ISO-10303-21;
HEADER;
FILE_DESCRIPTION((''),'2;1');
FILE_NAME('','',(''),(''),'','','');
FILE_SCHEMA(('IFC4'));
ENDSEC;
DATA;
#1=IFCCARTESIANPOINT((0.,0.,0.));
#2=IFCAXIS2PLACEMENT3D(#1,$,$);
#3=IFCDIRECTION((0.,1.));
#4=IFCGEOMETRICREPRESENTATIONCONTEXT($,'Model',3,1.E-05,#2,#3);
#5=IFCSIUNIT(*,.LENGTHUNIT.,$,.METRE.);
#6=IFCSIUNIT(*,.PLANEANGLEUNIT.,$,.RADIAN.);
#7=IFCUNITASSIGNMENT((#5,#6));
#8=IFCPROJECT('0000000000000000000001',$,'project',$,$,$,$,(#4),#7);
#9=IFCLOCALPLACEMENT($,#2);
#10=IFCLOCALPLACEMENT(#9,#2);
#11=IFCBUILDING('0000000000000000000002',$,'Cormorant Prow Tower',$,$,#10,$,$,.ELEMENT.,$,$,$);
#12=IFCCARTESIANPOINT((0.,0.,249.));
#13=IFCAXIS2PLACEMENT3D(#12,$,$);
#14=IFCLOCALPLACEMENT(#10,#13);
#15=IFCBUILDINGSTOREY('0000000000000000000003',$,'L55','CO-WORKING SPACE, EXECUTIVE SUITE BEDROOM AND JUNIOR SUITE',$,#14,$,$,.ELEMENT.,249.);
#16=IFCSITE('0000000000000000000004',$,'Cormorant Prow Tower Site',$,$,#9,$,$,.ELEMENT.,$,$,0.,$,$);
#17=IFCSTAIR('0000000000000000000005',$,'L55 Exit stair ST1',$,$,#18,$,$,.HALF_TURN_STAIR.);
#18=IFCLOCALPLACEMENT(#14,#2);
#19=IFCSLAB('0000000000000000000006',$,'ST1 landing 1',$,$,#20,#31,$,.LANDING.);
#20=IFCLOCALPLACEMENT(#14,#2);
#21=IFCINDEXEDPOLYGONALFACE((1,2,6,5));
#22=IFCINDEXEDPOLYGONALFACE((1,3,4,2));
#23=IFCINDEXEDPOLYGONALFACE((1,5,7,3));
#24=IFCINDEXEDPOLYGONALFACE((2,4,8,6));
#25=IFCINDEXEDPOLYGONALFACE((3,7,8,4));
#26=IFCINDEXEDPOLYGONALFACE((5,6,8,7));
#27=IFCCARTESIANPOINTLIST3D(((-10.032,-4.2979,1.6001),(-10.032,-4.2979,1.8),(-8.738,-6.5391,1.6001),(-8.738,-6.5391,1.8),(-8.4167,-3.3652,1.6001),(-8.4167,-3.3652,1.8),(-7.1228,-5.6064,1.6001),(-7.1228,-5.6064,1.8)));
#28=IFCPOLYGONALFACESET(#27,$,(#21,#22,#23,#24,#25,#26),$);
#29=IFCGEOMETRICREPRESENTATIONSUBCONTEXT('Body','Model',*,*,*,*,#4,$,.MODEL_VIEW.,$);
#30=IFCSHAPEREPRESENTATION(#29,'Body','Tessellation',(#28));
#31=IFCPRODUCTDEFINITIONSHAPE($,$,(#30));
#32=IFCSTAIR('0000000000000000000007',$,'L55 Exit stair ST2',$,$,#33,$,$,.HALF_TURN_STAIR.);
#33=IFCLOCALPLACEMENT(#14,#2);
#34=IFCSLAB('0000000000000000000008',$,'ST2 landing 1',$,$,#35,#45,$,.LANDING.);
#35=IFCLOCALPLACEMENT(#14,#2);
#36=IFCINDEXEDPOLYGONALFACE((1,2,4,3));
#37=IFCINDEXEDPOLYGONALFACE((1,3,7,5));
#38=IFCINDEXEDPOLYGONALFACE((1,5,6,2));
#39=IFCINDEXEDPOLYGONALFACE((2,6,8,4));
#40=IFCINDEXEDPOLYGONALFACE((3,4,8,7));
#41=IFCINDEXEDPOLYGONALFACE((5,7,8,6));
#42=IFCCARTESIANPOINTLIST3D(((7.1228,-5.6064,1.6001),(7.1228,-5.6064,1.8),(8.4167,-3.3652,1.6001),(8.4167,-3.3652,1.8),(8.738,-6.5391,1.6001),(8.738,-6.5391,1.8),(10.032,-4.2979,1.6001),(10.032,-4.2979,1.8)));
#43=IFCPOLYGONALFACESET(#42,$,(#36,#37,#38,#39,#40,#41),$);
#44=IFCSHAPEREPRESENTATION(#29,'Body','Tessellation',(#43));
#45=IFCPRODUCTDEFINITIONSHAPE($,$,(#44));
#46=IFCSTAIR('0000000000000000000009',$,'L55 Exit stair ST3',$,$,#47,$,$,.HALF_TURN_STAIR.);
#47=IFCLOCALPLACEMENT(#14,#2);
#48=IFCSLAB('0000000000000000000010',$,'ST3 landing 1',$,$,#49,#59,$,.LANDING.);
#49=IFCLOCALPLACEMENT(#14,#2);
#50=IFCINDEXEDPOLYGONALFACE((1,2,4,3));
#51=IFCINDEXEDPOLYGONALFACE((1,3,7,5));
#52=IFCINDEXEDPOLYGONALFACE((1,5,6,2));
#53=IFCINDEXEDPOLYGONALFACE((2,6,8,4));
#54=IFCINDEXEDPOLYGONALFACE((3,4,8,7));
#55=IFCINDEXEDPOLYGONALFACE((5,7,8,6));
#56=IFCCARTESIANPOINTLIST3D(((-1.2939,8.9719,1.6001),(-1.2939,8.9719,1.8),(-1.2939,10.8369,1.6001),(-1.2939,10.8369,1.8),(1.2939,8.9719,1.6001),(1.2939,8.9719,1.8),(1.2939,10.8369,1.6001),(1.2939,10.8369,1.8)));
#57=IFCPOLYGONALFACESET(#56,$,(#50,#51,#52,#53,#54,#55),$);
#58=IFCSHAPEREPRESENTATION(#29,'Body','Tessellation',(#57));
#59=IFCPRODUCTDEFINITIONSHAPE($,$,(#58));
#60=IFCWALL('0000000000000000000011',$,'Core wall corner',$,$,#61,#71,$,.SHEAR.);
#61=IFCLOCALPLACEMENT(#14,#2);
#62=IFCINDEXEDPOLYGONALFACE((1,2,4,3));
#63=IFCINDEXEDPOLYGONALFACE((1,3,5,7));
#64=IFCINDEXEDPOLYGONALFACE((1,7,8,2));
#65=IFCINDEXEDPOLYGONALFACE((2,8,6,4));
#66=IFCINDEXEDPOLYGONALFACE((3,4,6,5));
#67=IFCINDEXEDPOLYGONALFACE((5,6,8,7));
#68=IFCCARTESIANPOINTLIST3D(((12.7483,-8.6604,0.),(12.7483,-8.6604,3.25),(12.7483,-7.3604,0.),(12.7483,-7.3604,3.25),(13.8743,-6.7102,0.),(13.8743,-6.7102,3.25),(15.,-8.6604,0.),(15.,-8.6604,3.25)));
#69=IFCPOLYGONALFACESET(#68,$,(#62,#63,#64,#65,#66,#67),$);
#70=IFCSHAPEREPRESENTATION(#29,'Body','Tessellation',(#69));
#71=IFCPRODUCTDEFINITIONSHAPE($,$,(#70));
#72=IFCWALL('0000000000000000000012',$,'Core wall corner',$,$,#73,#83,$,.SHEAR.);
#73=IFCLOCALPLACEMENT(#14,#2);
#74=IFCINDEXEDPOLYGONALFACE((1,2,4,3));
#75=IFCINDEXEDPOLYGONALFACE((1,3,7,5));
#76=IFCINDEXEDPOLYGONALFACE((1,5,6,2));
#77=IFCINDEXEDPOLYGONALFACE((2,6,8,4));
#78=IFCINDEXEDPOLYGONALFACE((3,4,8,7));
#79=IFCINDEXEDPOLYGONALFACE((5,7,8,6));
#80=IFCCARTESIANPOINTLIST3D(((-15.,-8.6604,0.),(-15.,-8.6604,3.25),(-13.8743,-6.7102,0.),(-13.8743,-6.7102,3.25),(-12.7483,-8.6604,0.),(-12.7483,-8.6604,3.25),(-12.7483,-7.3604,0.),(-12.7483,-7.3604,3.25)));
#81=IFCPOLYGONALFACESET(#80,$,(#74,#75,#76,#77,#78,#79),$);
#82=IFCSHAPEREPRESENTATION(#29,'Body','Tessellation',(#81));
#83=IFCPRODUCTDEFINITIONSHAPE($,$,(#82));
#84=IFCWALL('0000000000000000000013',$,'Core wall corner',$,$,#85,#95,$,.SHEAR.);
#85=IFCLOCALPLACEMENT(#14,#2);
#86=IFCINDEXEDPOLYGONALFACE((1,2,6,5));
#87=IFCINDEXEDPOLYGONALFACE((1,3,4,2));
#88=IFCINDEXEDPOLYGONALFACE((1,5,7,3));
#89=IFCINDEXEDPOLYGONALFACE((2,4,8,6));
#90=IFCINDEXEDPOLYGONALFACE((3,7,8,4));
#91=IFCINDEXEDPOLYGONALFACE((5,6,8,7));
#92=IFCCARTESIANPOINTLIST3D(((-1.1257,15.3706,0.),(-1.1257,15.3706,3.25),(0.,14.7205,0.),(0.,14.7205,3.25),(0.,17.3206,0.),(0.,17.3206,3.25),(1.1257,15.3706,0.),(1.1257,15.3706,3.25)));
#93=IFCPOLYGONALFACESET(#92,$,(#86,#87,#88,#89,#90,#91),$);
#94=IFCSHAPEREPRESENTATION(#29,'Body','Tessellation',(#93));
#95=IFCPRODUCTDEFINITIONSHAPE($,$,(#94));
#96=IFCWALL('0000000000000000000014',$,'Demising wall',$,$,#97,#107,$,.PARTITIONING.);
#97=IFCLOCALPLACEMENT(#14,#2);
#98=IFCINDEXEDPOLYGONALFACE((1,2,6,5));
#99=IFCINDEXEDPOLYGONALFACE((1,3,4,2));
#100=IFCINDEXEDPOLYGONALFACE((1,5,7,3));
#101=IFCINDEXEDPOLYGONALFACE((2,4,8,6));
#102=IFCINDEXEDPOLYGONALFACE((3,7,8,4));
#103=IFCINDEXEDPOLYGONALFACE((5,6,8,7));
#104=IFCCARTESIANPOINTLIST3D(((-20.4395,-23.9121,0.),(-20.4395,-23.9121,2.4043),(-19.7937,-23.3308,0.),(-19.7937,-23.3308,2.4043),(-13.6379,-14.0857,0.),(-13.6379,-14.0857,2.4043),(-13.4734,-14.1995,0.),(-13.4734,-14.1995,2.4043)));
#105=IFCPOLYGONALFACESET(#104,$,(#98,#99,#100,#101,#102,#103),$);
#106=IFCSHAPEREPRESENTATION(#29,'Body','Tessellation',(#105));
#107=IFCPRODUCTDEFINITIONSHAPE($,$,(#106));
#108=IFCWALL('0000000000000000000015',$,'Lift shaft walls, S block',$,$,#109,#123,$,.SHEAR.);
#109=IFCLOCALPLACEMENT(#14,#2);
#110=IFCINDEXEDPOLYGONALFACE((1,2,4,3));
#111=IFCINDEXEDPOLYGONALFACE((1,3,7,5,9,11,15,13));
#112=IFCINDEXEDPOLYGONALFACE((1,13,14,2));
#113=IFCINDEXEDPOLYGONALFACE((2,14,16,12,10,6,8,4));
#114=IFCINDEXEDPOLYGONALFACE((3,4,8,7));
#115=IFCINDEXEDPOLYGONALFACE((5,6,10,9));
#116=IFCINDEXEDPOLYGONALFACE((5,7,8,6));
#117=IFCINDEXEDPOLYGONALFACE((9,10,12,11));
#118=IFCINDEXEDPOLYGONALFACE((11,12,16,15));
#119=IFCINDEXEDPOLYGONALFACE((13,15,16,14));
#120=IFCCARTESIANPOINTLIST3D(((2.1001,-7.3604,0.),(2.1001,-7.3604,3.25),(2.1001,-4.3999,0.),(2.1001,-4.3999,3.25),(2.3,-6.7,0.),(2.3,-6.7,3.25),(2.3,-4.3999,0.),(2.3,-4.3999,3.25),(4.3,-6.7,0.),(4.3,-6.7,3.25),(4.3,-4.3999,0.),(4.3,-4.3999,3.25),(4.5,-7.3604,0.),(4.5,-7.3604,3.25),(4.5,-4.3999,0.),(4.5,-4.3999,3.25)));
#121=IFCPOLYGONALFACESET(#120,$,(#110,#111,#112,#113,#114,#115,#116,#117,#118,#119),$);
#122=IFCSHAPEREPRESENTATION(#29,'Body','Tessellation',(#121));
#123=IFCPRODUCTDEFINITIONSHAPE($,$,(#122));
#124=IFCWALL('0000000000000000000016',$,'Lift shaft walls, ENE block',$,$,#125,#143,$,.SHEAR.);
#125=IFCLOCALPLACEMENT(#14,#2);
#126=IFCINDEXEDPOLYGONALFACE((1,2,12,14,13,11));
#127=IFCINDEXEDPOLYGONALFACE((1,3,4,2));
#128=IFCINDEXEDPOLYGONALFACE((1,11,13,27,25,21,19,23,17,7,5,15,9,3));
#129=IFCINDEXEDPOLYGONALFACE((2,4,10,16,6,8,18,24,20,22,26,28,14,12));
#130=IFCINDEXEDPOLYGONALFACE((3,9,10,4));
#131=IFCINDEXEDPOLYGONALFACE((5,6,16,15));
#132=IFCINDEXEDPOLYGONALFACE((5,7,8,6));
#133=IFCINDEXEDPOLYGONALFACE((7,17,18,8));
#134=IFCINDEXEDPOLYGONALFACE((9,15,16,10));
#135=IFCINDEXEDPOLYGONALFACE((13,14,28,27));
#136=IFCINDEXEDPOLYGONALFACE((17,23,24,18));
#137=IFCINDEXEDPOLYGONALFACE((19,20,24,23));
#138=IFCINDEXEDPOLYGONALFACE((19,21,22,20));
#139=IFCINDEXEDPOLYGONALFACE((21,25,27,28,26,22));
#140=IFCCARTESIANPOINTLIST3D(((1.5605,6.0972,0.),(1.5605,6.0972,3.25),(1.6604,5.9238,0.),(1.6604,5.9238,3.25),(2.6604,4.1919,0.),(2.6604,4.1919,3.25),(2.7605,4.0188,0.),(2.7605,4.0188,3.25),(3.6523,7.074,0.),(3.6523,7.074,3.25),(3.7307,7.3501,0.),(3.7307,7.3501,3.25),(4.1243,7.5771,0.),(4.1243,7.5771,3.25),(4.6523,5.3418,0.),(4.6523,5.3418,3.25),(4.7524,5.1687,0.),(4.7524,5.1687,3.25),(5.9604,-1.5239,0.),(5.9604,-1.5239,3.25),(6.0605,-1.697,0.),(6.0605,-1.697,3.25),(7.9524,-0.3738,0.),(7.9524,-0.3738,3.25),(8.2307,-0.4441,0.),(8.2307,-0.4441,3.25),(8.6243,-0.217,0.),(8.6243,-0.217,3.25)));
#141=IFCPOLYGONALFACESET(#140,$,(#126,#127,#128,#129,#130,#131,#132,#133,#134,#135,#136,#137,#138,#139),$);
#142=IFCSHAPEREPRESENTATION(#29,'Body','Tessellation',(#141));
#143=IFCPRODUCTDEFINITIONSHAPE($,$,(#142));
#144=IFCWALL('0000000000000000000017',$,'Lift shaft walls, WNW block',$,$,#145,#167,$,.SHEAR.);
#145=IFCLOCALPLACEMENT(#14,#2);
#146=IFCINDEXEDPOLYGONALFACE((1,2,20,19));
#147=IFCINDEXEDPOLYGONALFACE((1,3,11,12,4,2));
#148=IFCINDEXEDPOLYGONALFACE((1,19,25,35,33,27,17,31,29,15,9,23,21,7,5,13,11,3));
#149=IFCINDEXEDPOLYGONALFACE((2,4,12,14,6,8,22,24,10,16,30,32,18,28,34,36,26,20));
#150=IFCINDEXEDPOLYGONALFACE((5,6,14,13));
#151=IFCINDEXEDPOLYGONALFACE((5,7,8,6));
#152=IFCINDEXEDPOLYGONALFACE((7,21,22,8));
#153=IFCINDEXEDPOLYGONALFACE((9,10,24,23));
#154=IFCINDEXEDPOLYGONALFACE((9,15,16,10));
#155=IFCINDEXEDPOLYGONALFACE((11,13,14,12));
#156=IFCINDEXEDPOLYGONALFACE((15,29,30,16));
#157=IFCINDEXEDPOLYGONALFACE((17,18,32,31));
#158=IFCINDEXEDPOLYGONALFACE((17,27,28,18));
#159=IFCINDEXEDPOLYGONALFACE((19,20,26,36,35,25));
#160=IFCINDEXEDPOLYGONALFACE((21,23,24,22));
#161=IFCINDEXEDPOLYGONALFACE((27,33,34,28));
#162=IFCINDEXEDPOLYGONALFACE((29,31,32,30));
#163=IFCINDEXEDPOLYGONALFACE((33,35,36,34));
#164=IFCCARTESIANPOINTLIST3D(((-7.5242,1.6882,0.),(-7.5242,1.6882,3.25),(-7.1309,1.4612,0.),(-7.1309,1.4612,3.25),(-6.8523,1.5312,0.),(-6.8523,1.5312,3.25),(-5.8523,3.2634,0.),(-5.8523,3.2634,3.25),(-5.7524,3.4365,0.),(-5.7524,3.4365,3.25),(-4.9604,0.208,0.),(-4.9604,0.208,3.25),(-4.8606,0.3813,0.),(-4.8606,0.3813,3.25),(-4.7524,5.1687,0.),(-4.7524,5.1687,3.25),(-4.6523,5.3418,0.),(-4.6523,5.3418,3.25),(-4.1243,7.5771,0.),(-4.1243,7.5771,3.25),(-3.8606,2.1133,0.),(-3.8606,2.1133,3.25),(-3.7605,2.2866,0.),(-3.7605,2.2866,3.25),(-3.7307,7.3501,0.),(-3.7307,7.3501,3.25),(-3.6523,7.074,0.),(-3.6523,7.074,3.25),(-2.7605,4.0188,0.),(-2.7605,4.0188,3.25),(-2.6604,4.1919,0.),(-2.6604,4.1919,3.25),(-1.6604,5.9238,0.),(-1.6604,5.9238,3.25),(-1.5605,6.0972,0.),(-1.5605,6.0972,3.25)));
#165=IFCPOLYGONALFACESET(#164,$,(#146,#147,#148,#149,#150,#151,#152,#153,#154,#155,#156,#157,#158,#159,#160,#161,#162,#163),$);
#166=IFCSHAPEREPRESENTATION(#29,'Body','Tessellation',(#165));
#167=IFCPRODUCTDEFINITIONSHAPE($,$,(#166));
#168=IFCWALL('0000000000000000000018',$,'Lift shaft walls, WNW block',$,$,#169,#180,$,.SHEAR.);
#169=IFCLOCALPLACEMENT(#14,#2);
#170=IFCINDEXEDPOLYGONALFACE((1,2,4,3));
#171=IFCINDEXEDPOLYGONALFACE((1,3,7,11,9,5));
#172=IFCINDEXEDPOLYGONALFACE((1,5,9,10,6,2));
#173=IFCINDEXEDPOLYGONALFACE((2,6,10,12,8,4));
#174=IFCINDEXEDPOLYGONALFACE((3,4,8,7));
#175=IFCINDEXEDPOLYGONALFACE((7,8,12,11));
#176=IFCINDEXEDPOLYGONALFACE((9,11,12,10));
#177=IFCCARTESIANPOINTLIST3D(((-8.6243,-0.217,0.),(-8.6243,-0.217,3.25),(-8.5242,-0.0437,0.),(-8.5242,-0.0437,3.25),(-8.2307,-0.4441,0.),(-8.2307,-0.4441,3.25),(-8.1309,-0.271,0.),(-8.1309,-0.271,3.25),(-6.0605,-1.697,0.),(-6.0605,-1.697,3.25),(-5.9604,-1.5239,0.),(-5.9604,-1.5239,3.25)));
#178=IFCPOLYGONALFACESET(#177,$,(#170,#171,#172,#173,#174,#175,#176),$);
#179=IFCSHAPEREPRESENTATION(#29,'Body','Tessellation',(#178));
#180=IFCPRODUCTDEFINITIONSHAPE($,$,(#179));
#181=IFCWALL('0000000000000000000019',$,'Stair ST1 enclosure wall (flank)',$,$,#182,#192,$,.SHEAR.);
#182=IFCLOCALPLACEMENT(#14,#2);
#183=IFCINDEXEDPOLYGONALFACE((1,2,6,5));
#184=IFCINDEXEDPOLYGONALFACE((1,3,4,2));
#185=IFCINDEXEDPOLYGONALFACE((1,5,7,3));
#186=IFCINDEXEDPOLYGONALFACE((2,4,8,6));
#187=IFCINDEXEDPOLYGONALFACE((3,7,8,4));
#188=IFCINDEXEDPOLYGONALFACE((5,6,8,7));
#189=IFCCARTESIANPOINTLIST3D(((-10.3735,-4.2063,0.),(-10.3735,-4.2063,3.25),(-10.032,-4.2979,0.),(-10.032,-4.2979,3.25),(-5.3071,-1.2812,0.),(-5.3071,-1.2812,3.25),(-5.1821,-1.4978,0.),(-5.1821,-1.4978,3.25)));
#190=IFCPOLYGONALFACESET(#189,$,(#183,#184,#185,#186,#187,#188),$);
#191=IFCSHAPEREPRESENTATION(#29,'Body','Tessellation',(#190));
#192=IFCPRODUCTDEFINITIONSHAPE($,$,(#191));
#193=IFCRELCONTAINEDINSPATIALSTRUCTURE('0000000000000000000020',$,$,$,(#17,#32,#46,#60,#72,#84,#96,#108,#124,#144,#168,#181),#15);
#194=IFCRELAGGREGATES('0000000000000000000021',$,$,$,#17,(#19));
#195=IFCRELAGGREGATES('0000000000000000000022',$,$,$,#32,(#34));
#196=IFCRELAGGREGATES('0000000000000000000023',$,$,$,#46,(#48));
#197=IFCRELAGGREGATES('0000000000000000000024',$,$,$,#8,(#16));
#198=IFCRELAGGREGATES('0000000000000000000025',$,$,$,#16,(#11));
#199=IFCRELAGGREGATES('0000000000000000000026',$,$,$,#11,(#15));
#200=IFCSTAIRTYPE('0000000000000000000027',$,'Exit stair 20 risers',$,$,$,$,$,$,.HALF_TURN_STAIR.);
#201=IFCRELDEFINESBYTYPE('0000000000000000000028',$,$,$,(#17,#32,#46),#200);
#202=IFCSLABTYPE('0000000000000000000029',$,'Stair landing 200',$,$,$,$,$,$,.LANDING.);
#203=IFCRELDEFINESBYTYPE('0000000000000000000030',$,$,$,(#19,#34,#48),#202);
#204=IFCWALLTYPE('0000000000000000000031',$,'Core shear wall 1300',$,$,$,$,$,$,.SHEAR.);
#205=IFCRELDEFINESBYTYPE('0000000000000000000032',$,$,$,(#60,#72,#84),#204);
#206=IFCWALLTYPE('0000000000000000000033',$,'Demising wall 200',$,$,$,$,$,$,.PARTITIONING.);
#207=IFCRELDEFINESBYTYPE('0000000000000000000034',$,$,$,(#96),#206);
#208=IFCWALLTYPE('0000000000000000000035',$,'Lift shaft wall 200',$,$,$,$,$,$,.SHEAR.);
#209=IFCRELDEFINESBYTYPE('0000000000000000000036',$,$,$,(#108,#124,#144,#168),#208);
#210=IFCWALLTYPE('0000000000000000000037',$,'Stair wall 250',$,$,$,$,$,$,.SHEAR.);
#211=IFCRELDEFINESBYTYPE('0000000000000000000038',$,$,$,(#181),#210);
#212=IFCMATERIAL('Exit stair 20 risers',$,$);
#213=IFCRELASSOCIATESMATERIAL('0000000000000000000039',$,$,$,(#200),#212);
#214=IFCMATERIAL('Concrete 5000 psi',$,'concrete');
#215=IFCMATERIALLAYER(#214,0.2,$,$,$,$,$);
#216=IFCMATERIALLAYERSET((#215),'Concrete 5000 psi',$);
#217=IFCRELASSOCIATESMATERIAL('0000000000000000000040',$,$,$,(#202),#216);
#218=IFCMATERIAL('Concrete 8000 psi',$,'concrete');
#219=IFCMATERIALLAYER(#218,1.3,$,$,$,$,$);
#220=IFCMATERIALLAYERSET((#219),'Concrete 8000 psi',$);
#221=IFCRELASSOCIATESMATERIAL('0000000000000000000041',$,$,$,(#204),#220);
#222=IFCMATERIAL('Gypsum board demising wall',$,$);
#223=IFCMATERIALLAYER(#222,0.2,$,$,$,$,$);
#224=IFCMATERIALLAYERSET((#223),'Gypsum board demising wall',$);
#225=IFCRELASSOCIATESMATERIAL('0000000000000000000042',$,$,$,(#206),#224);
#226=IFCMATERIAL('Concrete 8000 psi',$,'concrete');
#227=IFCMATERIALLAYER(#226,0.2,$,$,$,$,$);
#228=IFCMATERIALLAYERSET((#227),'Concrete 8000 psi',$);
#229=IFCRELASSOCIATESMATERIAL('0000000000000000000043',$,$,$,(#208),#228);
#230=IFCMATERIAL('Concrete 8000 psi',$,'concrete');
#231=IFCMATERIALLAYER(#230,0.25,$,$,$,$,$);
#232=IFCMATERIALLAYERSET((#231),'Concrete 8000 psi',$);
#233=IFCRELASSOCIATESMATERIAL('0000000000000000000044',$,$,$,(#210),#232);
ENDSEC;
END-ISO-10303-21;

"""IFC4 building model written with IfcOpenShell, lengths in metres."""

from ifc_helpers import new_model, si_unit, direction, frame, origin, place, context, subcontext, project, spatial, polyline, outline, extrude, material, layer, layer_set, type_object, element, aggregate, save


model = new_model("IFC4")

# Units and contexts
model_context = context("Model", 3, precision=1e-05, world=origin(), true_north=direction((0.0, 1.0)))
body_context = subcontext(model_context, "Body", "Model", "MODEL_VIEW")
ifc_project = project(units=[si_unit("LENGTHUNIT", "METRE"), si_unit("PLANEANGLEUNIT", "RADIAN")], contexts=[model_context])

# Site, building, storey
site_placement = place(None, origin())
site = spatial("IfcSite", under=ifc_project, at=site_placement, Name="Cormorant Prow Tower Site", CompositionType="ELEMENT", RefElevation=0.0)
building_placement = place(site_placement, origin())
building = spatial("IfcBuilding", under=site, at=building_placement, Name="Cormorant Prow Tower", CompositionType="ELEMENT")
storey_placement = place(building_placement, frame((0.0, 0.0, 249.0)))
storey = spatial("IfcBuildingStorey", under=building, at=storey_placement, Name="L55", Description="CO-WORKING SPACE, EXECUTIVE SUITE BEDROOM AND JUNIOR SUITE", CompositionType="ELEMENT", Elevation=249.0)

# Stairs, slabs
ifc_material_1 = material(Name="Exit stair 20 risers")
stair_type = type_object("IfcStairType", Name="Exit stair 20 risers", PredefinedType="HALF_TURN_STAIR", material=ifc_material_1)
stair_1_placement = place(storey_placement, origin())
stair_1 = element("IfcStair", 1, at=stair_1_placement, inside=storey, type_object=stair_type, Name="L55 Exit stair ST1", PredefinedType="HALF_TURN_STAIR")
ifc_material_2 = material(Name="Concrete 5000 psi", Category="concrete")
ifc_layer_1 = layer(ifc_material_2, 0.2)
ifc_layer_set_1 = layer_set([ifc_layer_1], Name="Concrete 5000 psi")
slab_type = type_object("IfcSlabType", Name="Stair landing 200", PredefinedType="LANDING", material=ifc_layer_set_1)
slab_1_placement = place(storey_placement, frame((0.0, 0.0, 1.6001)))
slab_1 = element("IfcSlab", 2, at=slab_1_placement, type_object=slab_type, Name="ST1 landing 1", PredefinedType="LANDING", context=body_context, shape_type="SweptSolid", body=[
    extrude(outline(polyline([(-8.4167, -3.3652), (-10.032, -4.2979), (-8.738, -6.5391), (-7.1228, -5.6064), (-8.4167, -3.3652)])), origin(), (0.0, 0.0, 1.0), 0.2),
])
aggregate(stair_1, [slab_1])
stair_2_placement = place(storey_placement, origin())
stair_2 = element("IfcStair", 3, at=stair_2_placement, inside=storey, type_object=stair_type, Name="L55 Exit stair ST2", PredefinedType="HALF_TURN_STAIR")
slab_2_placement = place(storey_placement, frame((0.0, 0.0, 1.6001)))
slab_2 = element("IfcSlab", 4, at=slab_2_placement, type_object=slab_type, Name="ST2 landing 1", PredefinedType="LANDING", context=body_context, shape_type="SweptSolid", body=[
    extrude(outline(polyline([(7.1228, -5.6064), (8.738, -6.5391), (10.032, -4.2979), (8.4167, -3.3652), (7.1228, -5.6064)])), origin(), (0.0, 0.0, 1.0), 0.2),
])
aggregate(stair_2, [slab_2])
stair_3_placement = place(storey_placement, origin())
stair_3 = element("IfcStair", 5, at=stair_3_placement, inside=storey, type_object=stair_type, Name="L55 Exit stair ST3", PredefinedType="HALF_TURN_STAIR")
slab_3_placement = place(storey_placement, frame((0.0, 0.0, 1.6001)))
slab_3 = element("IfcSlab", 6, at=slab_3_placement, type_object=slab_type, Name="ST3 landing 1", PredefinedType="LANDING", context=body_context, shape_type="SweptSolid", body=[
    extrude(outline(polyline([(1.2939, 8.9719), (1.2939, 10.8369), (-1.2939, 10.8369), (-1.2939, 8.9719), (1.2939, 8.9719)])), origin(), (0.0, 0.0, 1.0), 0.2),
])
aggregate(stair_3, [slab_3])

# Walls
ifc_material_3 = material(Name="Concrete 8000 psi", Category="concrete")
ifc_layer_2 = layer(ifc_material_3, 1.3)
ifc_layer_set_2 = layer_set([ifc_layer_2], Name="Concrete 8000 psi")
wall_type_1 = type_object("IfcWallType", Name="Core shear wall 1300", PredefinedType="SHEAR", material=ifc_layer_set_2)
wall_1_placement = place(storey_placement, origin())
element("IfcWall", 7, at=wall_1_placement, inside=storey, type_object=wall_type_1, Name="Core wall corner", PredefinedType="SHEAR", context=body_context, shape_type="SweptSolid", body=[
    extrude(outline(polyline([(12.7483, -8.6604), (12.7483, -7.3604), (13.8743, -6.7102), (15.0, -8.6604), (12.7483, -8.6604)])), origin(), (0.0, 0.0, 1.0), 3.25),
])
wall_2_placement = place(storey_placement, origin())
element("IfcWall", 8, at=wall_2_placement, inside=storey, type_object=wall_type_1, Name="Core wall corner", PredefinedType="SHEAR", context=body_context, shape_type="SweptSolid", body=[
    extrude(outline(polyline([(-13.8743, -6.7102), (-12.7483, -7.3604), (-12.7483, -8.6604), (-15.0, -8.6604), (-13.8743, -6.7102)])), origin(), (0.0, 0.0, 1.0), 3.25),
])
wall_3_placement = place(storey_placement, origin())
element("IfcWall", 9, at=wall_3_placement, inside=storey, type_object=wall_type_1, Name="Core wall corner", PredefinedType="SHEAR", context=body_context, shape_type="SweptSolid", body=[
    extrude(outline(polyline([(-1.1257, 15.3706), (0.0, 17.3206), (1.1257, 15.3706), (0.0, 14.7205), (-1.1257, 15.3706)])), origin(), (0.0, 0.0, 1.0), 3.25),
])
ifc_material_4 = material(Name="Gypsum board demising wall")
ifc_layer_3 = layer(ifc_material_4, 0.2)
ifc_layer_set_3 = layer_set([ifc_layer_3], Name="Gypsum board demising wall")
wall_type_2 = type_object("IfcWallType", Name="Demising wall 200", PredefinedType="PARTITIONING", material=ifc_layer_set_3)
wall_4_placement = place(storey_placement, origin())
element("IfcWall", 10, at=wall_4_placement, inside=storey, type_object=wall_type_2, Name="Demising wall", PredefinedType="PARTITIONING", context=body_context, shape_type="SweptSolid", body=[
    extrude(outline(polyline([(-13.4734, -14.1995), (-19.7937, -23.3308), (-20.4395, -23.9121), (-13.6379, -14.0857), (-13.4734, -14.1995)])), origin(), (0.0, 0.0, 1.0), 2.4043),
])
ifc_material_5 = material(Name="Concrete 8000 psi", Category="concrete")
ifc_layer_4 = layer(ifc_material_5, 0.2)
ifc_layer_set_4 = layer_set([ifc_layer_4], Name="Concrete 8000 psi")
wall_type_3 = type_object("IfcWallType", Name="Lift shaft wall 200", PredefinedType="SHEAR", material=ifc_layer_set_4)
wall_5_placement = place(storey_placement, origin())
element("IfcWall", 11, at=wall_5_placement, inside=storey, type_object=wall_type_3, Name="Lift shaft walls, S block", PredefinedType="SHEAR", context=body_context, shape_type="SweptSolid", body=[
    extrude(outline(polyline([(2.1001, -7.3604), (2.1001, -4.3999), (2.3, -4.3999), (2.3, -6.7), (4.3, -6.7), (4.3, -4.3999), (4.5, -4.3999), (4.5, -7.3604), (2.1001, -7.3604)])), origin(), (0.0, 0.0, 1.0), 3.25),
])
wall_6_placement = place(storey_placement, origin())
element("IfcWall", 12, at=wall_6_placement, inside=storey, type_object=wall_type_3, Name="Lift shaft walls, ENE block", PredefinedType="SHEAR", context=body_context, shape_type="SweptSolid", body=[
    extrude(outline(polyline([(4.1243, 7.5771), (8.6243, -0.217), (8.2307, -0.4441), (6.0605, -1.697), (5.9604, -1.5239), (7.9524, -0.3738), (4.7524, 5.1687), (2.7605, 4.0188), (2.6604, 4.1919), (4.6523, 5.3418), (3.6523, 7.074), (1.6604, 5.9238), (1.5605, 6.0972), (3.7307, 7.3501), (4.1243, 7.5771)])), origin(), (0.0, 0.0, 1.0), 3.25),
])
wall_7_placement = place(storey_placement, origin())
element("IfcWall", 13, at=wall_7_placement, inside=storey, type_object=wall_type_3, Name="Lift shaft walls, WNW block", PredefinedType="SHEAR", context=body_context, shape_type="SweptSolid", body=[
    extrude(outline(polyline([(-7.5242, 1.6882), (-4.1243, 7.5771), (-3.7307, 7.3501), (-1.5605, 6.0972), (-1.6604, 5.9238), (-3.6523, 7.074), (-4.6523, 5.3418), (-2.6604, 4.1919), (-2.7605, 4.0188), (-4.7524, 5.1687), (-5.7524, 3.4365), (-3.7605, 2.2866), (-3.8606, 2.1133), (-5.8523, 3.2634), (-6.8523, 1.5312), (-4.8606, 0.3813), (-4.9604, 0.208), (-7.1309, 1.4612), (-7.5242, 1.6882)])), origin(), (0.0, 0.0, 1.0), 3.25),
])
wall_8_placement = place(storey_placement, origin())
element("IfcWall", 14, at=wall_8_placement, inside=storey, type_object=wall_type_3, Name="Lift shaft walls, WNW block", PredefinedType="SHEAR", context=body_context, shape_type="SweptSolid", body=[
    extrude(outline(polyline([(-8.5242, -0.0437), (-8.1309, -0.271), (-5.9604, -1.5239), (-6.0605, -1.697), (-8.2307, -0.4441), (-8.6243, -0.217), (-8.5242, -0.0437)])), origin(), (0.0, 0.0, 1.0), 3.25),
])
ifc_material_6 = material(Name="Concrete 8000 psi", Category="concrete")
ifc_layer_5 = layer(ifc_material_6, 0.25)
ifc_layer_set_5 = layer_set([ifc_layer_5], Name="Concrete 8000 psi")
wall_type_4 = type_object("IfcWallType", Name="Stair wall 250", PredefinedType="SHEAR", material=ifc_layer_set_5)
wall_9_placement = place(storey_placement, origin())
element("IfcWall", 15, at=wall_9_placement, inside=storey, type_object=wall_type_4, Name="Stair ST1 enclosure wall (flank)", PredefinedType="SHEAR", context=body_context, shape_type="SweptSolid", body=[
    extrude(outline(polyline([(-5.3071, -1.2812), (-10.3735, -4.2063), (-10.032, -4.2979), (-5.1821, -1.4978), (-5.3071, -1.2812)])), origin(), (0.0, 0.0, 1.0), 3.25),
])

save(model, "model.ifc")
